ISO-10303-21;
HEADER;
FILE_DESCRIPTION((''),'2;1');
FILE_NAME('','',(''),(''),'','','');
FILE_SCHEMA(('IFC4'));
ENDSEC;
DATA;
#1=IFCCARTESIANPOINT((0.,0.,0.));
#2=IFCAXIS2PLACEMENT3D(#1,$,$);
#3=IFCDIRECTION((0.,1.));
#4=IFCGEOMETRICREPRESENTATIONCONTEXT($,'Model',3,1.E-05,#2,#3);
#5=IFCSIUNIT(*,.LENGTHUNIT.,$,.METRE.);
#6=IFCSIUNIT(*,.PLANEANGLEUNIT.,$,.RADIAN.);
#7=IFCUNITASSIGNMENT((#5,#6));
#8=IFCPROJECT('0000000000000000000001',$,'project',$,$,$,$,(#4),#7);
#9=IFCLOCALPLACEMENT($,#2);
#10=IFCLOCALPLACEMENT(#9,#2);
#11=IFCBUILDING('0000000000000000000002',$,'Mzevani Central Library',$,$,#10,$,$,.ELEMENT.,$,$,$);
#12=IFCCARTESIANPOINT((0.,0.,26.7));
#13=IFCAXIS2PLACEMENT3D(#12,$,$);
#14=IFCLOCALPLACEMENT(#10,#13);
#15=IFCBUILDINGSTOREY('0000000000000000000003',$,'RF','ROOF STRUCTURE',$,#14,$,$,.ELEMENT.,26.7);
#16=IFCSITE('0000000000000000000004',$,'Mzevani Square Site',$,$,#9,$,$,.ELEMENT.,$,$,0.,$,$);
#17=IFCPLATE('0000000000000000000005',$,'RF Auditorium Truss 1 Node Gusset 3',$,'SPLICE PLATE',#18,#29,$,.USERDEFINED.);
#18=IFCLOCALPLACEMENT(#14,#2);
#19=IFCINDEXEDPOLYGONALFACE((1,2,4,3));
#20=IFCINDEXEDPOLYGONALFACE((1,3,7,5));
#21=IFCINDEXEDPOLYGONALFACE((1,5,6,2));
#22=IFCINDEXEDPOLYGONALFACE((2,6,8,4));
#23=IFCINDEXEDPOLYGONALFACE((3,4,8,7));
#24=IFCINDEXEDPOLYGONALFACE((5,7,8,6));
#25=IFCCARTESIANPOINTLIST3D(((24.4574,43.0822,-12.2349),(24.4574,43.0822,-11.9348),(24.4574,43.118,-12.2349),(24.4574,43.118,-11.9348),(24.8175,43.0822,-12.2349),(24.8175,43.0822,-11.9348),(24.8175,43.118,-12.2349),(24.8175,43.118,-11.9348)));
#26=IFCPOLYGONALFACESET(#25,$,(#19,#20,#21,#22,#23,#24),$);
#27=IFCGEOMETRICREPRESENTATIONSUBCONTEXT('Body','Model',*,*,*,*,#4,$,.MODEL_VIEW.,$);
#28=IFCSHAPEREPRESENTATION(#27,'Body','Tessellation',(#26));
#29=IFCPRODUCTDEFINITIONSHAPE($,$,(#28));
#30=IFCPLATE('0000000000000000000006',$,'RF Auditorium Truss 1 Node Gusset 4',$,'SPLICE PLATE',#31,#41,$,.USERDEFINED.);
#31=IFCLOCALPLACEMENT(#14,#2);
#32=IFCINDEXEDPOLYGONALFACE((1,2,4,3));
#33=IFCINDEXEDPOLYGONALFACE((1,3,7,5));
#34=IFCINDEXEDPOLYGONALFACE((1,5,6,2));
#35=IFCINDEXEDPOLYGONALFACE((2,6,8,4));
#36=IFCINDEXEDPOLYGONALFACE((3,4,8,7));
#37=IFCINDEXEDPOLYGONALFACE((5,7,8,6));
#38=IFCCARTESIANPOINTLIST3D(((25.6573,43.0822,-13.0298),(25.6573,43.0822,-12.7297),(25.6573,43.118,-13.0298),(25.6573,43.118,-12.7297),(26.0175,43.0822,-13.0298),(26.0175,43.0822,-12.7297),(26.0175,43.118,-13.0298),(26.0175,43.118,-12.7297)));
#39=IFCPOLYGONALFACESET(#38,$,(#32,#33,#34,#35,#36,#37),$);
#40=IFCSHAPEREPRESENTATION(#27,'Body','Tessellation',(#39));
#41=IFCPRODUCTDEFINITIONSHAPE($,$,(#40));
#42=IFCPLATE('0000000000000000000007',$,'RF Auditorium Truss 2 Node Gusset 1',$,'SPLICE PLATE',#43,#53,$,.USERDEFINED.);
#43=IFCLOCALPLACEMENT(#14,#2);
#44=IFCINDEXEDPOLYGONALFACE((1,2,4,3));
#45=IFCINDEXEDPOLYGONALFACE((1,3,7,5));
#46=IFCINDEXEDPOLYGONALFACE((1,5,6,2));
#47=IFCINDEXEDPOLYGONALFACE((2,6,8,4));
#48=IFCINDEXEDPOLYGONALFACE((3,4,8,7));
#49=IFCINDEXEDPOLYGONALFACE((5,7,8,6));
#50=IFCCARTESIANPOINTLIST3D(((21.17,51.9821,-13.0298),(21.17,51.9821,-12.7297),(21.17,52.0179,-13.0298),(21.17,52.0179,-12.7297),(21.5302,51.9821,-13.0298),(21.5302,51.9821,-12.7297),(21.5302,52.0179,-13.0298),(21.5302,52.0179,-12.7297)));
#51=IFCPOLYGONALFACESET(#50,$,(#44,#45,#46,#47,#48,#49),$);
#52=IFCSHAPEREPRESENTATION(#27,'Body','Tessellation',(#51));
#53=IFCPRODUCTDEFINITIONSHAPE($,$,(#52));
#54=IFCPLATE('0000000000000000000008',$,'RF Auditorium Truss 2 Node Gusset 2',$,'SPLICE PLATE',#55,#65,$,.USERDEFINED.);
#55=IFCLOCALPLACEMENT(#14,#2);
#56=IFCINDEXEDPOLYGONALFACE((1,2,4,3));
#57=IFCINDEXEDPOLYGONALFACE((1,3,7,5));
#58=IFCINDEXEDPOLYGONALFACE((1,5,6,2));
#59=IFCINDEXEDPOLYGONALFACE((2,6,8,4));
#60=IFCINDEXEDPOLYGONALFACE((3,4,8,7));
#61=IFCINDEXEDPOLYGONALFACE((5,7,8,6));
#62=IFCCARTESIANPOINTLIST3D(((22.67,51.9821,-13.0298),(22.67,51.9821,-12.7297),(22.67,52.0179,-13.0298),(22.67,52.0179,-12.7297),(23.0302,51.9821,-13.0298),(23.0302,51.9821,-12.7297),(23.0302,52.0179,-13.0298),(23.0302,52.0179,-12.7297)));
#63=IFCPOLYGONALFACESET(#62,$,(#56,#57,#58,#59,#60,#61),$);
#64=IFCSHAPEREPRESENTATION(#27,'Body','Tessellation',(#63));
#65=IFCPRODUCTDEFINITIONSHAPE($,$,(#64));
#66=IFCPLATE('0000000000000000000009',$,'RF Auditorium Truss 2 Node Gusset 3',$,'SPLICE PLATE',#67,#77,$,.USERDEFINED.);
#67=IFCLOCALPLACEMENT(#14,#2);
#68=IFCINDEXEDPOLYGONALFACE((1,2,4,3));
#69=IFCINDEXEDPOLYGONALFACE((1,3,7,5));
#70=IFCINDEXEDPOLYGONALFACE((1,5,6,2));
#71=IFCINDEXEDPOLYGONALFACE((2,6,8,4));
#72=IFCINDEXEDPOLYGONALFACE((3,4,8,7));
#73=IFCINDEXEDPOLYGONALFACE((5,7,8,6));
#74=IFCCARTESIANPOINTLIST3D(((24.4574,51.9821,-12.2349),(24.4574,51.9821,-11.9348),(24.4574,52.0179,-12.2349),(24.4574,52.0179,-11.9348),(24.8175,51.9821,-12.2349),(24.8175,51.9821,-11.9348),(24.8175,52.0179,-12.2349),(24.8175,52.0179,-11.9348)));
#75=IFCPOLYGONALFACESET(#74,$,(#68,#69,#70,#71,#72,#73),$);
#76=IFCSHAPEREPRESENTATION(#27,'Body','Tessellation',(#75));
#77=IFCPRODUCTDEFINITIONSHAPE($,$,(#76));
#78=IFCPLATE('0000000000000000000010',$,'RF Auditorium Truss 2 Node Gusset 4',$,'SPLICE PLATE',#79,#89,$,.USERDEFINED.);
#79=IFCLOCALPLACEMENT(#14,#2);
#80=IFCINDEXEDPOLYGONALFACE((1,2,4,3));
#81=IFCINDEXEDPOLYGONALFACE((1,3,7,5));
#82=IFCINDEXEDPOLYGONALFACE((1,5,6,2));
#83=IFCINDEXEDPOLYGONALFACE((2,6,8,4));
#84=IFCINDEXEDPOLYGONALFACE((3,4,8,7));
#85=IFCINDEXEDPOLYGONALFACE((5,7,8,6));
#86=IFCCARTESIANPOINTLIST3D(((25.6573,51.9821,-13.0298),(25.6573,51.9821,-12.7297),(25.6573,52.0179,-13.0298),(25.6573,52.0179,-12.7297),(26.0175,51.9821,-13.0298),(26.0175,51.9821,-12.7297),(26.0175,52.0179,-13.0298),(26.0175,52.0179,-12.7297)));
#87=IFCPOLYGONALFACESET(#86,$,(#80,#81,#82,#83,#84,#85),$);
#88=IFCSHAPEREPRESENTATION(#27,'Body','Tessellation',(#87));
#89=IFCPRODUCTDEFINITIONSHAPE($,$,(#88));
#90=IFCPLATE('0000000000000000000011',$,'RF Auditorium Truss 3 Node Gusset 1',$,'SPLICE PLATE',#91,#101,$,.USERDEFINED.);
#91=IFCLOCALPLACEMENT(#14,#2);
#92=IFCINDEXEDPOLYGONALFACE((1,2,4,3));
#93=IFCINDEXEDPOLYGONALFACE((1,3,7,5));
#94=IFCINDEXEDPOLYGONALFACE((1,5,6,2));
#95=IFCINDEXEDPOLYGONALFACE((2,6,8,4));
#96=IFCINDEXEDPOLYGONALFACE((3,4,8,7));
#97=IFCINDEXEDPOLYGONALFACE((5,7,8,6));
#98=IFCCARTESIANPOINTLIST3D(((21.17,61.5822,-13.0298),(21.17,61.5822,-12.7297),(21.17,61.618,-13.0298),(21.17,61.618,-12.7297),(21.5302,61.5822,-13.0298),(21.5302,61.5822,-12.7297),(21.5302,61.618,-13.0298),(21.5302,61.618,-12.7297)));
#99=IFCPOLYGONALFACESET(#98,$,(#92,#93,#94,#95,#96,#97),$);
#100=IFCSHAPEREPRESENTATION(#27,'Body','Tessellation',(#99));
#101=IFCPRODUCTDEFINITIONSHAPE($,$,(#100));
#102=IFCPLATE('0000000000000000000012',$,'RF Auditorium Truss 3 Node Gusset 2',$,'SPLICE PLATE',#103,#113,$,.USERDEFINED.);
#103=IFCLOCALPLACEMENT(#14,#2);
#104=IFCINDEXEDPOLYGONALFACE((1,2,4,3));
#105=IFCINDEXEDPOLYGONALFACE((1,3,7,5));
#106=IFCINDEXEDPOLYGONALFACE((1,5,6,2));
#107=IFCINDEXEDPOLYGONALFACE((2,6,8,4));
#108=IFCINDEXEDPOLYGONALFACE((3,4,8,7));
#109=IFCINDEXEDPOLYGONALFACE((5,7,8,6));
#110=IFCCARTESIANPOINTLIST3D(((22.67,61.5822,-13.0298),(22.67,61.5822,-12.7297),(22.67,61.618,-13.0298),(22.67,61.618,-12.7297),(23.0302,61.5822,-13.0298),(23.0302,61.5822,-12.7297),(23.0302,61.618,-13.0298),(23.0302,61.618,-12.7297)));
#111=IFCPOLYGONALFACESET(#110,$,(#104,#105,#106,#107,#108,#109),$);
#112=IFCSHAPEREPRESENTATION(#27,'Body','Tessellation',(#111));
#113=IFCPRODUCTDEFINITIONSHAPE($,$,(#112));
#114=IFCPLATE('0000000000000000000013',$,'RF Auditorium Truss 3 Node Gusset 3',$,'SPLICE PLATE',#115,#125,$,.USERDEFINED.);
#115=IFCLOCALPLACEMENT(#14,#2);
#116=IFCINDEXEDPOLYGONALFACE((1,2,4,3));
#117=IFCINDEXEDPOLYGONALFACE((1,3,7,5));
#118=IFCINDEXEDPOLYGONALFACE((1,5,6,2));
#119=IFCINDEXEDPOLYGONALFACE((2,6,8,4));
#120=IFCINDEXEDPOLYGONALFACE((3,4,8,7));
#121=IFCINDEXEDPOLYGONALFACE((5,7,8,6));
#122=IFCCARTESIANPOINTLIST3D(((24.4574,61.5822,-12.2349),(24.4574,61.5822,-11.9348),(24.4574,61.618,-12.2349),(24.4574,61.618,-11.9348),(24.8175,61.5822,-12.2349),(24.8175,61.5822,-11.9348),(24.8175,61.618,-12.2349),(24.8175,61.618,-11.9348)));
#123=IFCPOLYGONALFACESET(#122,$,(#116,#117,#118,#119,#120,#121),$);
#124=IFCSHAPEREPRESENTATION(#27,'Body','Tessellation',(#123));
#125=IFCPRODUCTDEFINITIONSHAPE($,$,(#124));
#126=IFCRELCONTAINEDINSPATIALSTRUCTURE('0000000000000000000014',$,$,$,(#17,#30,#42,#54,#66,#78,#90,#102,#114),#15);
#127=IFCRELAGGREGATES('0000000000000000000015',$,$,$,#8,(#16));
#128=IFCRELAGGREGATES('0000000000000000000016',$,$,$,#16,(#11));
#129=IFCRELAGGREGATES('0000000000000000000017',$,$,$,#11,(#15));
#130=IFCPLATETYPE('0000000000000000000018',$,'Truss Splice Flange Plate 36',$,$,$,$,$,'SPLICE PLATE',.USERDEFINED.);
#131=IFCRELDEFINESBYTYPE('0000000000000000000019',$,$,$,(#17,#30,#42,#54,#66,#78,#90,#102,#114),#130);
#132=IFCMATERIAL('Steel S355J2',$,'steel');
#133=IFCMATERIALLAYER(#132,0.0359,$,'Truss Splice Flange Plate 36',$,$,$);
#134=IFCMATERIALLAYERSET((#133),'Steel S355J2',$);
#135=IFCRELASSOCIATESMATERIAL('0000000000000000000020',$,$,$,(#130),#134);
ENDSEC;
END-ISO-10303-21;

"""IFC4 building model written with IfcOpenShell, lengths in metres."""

from ifc_helpers import new_model, si_unit, direction, frame, origin, origin_2d, place, context, subcontext, project, spatial, rectangle, extrude, material, layer, layer_set, type_object, element, save


model = new_model("IFC4")

# Units and contexts
model_context = context("Model", 3, precision=1e-05, world=origin(), true_north=direction((0.0, 1.0)))
body_context = subcontext(model_context, "Body", "Model", "MODEL_VIEW")
ifc_project = project(units=[si_unit("LENGTHUNIT", "METRE"), si_unit("PLANEANGLEUNIT", "RADIAN")], contexts=[model_context])

# Site, building, storey
site_placement = place(None, origin())
site = spatial("IfcSite", under=ifc_project, at=site_placement, Name="Mzevani Square Site", CompositionType="ELEMENT", RefElevation=0.0)
building_placement = place(site_placement, origin())
building = spatial("IfcBuilding", under=site, at=building_placement, Name="Mzevani Central Library", CompositionType="ELEMENT")
storey_placement = place(building_placement, frame((0.0, 0.0, 26.7)))
storey = spatial("IfcBuildingStorey", under=building, at=storey_placement, Name="RF", Description="ROOF STRUCTURE", CompositionType="ELEMENT", Elevation=26.7)

# Shared definitions
ifc_material_1 = material(Name="Steel S355J2", Category="steel")

# Plates
ifc_layer = layer(ifc_material_1, 0.0359, Name="Truss Splice Flange Plate 36")
ifc_layer_set = layer_set([ifc_layer], Name="Steel S355J2")
plate_type = type_object("IfcPlateType", Name="Truss Splice Flange Plate 36", ElementType="SPLICE PLATE", PredefinedType="USERDEFINED", material=ifc_layer_set)
for number, where, z_axis, x_axis, name in (
    (1, (24.6375, 43.1001, -12.2349), (0.0, 0.0, 1.0), (1.0, 0.0, 0.0), "RF Auditorium Truss 1 Node Gusset 3"),
    (2, (25.8374, 43.1001, -13.0298), (0.0, 0.0, 1.0), (1.0, 0.0, 0.0), "RF Auditorium Truss 1 Node Gusset 4"),
    (3, (21.3501, 52.0, -13.0298), (0.0, 0.0, 1.0), (1.0, 0.0, 0.0), "RF Auditorium Truss 2 Node Gusset 1"),
    (4, (22.8501, 52.0, -13.0298), (0.0, 0.0, 1.0), (1.0, 0.0, 0.0), "RF Auditorium Truss 2 Node Gusset 2"),
    (5, (24.6375, 52.0, -12.2349), (0.0, 0.0, 1.0), (1.0, 0.0, 0.0), "RF Auditorium Truss 2 Node Gusset 3"),
    (6, (25.8374, 52.0, -13.0298), (0.0, 0.0, 1.0), (1.0, 0.0, 0.0), "RF Auditorium Truss 2 Node Gusset 4"),
    (7, (21.3501, 61.6001, -13.0298), (0.0, 0.0, 1.0), (1.0, 0.0, 0.0), "RF Auditorium Truss 3 Node Gusset 1"),
    (8, (22.8501, 61.6001, -13.0298), (0.0, 0.0, 1.0), (1.0, 0.0, 0.0), "RF Auditorium Truss 3 Node Gusset 2"),
    (9, (24.6375, 61.6001, -12.2349), (0.0, 0.0, 1.0), (1.0, 0.0, 0.0), "RF Auditorium Truss 3 Node Gusset 3"),
):
    element("IfcPlate", number, at=place(storey_placement, frame(where, z_axis=z_axis, x_axis=x_axis)), inside=storey, type_object=plate_type, Name=name, ObjectType="SPLICE PLATE", PredefinedType="USERDEFINED", context=body_context, shape_type="SweptSolid", body=[
        extrude(rectangle(XDim=0.3601, YDim=0.0359, at=origin_2d()), origin(), (0.0, 0.0, 1.0), 0.3),
    ])

save(model, "model.ifc")
